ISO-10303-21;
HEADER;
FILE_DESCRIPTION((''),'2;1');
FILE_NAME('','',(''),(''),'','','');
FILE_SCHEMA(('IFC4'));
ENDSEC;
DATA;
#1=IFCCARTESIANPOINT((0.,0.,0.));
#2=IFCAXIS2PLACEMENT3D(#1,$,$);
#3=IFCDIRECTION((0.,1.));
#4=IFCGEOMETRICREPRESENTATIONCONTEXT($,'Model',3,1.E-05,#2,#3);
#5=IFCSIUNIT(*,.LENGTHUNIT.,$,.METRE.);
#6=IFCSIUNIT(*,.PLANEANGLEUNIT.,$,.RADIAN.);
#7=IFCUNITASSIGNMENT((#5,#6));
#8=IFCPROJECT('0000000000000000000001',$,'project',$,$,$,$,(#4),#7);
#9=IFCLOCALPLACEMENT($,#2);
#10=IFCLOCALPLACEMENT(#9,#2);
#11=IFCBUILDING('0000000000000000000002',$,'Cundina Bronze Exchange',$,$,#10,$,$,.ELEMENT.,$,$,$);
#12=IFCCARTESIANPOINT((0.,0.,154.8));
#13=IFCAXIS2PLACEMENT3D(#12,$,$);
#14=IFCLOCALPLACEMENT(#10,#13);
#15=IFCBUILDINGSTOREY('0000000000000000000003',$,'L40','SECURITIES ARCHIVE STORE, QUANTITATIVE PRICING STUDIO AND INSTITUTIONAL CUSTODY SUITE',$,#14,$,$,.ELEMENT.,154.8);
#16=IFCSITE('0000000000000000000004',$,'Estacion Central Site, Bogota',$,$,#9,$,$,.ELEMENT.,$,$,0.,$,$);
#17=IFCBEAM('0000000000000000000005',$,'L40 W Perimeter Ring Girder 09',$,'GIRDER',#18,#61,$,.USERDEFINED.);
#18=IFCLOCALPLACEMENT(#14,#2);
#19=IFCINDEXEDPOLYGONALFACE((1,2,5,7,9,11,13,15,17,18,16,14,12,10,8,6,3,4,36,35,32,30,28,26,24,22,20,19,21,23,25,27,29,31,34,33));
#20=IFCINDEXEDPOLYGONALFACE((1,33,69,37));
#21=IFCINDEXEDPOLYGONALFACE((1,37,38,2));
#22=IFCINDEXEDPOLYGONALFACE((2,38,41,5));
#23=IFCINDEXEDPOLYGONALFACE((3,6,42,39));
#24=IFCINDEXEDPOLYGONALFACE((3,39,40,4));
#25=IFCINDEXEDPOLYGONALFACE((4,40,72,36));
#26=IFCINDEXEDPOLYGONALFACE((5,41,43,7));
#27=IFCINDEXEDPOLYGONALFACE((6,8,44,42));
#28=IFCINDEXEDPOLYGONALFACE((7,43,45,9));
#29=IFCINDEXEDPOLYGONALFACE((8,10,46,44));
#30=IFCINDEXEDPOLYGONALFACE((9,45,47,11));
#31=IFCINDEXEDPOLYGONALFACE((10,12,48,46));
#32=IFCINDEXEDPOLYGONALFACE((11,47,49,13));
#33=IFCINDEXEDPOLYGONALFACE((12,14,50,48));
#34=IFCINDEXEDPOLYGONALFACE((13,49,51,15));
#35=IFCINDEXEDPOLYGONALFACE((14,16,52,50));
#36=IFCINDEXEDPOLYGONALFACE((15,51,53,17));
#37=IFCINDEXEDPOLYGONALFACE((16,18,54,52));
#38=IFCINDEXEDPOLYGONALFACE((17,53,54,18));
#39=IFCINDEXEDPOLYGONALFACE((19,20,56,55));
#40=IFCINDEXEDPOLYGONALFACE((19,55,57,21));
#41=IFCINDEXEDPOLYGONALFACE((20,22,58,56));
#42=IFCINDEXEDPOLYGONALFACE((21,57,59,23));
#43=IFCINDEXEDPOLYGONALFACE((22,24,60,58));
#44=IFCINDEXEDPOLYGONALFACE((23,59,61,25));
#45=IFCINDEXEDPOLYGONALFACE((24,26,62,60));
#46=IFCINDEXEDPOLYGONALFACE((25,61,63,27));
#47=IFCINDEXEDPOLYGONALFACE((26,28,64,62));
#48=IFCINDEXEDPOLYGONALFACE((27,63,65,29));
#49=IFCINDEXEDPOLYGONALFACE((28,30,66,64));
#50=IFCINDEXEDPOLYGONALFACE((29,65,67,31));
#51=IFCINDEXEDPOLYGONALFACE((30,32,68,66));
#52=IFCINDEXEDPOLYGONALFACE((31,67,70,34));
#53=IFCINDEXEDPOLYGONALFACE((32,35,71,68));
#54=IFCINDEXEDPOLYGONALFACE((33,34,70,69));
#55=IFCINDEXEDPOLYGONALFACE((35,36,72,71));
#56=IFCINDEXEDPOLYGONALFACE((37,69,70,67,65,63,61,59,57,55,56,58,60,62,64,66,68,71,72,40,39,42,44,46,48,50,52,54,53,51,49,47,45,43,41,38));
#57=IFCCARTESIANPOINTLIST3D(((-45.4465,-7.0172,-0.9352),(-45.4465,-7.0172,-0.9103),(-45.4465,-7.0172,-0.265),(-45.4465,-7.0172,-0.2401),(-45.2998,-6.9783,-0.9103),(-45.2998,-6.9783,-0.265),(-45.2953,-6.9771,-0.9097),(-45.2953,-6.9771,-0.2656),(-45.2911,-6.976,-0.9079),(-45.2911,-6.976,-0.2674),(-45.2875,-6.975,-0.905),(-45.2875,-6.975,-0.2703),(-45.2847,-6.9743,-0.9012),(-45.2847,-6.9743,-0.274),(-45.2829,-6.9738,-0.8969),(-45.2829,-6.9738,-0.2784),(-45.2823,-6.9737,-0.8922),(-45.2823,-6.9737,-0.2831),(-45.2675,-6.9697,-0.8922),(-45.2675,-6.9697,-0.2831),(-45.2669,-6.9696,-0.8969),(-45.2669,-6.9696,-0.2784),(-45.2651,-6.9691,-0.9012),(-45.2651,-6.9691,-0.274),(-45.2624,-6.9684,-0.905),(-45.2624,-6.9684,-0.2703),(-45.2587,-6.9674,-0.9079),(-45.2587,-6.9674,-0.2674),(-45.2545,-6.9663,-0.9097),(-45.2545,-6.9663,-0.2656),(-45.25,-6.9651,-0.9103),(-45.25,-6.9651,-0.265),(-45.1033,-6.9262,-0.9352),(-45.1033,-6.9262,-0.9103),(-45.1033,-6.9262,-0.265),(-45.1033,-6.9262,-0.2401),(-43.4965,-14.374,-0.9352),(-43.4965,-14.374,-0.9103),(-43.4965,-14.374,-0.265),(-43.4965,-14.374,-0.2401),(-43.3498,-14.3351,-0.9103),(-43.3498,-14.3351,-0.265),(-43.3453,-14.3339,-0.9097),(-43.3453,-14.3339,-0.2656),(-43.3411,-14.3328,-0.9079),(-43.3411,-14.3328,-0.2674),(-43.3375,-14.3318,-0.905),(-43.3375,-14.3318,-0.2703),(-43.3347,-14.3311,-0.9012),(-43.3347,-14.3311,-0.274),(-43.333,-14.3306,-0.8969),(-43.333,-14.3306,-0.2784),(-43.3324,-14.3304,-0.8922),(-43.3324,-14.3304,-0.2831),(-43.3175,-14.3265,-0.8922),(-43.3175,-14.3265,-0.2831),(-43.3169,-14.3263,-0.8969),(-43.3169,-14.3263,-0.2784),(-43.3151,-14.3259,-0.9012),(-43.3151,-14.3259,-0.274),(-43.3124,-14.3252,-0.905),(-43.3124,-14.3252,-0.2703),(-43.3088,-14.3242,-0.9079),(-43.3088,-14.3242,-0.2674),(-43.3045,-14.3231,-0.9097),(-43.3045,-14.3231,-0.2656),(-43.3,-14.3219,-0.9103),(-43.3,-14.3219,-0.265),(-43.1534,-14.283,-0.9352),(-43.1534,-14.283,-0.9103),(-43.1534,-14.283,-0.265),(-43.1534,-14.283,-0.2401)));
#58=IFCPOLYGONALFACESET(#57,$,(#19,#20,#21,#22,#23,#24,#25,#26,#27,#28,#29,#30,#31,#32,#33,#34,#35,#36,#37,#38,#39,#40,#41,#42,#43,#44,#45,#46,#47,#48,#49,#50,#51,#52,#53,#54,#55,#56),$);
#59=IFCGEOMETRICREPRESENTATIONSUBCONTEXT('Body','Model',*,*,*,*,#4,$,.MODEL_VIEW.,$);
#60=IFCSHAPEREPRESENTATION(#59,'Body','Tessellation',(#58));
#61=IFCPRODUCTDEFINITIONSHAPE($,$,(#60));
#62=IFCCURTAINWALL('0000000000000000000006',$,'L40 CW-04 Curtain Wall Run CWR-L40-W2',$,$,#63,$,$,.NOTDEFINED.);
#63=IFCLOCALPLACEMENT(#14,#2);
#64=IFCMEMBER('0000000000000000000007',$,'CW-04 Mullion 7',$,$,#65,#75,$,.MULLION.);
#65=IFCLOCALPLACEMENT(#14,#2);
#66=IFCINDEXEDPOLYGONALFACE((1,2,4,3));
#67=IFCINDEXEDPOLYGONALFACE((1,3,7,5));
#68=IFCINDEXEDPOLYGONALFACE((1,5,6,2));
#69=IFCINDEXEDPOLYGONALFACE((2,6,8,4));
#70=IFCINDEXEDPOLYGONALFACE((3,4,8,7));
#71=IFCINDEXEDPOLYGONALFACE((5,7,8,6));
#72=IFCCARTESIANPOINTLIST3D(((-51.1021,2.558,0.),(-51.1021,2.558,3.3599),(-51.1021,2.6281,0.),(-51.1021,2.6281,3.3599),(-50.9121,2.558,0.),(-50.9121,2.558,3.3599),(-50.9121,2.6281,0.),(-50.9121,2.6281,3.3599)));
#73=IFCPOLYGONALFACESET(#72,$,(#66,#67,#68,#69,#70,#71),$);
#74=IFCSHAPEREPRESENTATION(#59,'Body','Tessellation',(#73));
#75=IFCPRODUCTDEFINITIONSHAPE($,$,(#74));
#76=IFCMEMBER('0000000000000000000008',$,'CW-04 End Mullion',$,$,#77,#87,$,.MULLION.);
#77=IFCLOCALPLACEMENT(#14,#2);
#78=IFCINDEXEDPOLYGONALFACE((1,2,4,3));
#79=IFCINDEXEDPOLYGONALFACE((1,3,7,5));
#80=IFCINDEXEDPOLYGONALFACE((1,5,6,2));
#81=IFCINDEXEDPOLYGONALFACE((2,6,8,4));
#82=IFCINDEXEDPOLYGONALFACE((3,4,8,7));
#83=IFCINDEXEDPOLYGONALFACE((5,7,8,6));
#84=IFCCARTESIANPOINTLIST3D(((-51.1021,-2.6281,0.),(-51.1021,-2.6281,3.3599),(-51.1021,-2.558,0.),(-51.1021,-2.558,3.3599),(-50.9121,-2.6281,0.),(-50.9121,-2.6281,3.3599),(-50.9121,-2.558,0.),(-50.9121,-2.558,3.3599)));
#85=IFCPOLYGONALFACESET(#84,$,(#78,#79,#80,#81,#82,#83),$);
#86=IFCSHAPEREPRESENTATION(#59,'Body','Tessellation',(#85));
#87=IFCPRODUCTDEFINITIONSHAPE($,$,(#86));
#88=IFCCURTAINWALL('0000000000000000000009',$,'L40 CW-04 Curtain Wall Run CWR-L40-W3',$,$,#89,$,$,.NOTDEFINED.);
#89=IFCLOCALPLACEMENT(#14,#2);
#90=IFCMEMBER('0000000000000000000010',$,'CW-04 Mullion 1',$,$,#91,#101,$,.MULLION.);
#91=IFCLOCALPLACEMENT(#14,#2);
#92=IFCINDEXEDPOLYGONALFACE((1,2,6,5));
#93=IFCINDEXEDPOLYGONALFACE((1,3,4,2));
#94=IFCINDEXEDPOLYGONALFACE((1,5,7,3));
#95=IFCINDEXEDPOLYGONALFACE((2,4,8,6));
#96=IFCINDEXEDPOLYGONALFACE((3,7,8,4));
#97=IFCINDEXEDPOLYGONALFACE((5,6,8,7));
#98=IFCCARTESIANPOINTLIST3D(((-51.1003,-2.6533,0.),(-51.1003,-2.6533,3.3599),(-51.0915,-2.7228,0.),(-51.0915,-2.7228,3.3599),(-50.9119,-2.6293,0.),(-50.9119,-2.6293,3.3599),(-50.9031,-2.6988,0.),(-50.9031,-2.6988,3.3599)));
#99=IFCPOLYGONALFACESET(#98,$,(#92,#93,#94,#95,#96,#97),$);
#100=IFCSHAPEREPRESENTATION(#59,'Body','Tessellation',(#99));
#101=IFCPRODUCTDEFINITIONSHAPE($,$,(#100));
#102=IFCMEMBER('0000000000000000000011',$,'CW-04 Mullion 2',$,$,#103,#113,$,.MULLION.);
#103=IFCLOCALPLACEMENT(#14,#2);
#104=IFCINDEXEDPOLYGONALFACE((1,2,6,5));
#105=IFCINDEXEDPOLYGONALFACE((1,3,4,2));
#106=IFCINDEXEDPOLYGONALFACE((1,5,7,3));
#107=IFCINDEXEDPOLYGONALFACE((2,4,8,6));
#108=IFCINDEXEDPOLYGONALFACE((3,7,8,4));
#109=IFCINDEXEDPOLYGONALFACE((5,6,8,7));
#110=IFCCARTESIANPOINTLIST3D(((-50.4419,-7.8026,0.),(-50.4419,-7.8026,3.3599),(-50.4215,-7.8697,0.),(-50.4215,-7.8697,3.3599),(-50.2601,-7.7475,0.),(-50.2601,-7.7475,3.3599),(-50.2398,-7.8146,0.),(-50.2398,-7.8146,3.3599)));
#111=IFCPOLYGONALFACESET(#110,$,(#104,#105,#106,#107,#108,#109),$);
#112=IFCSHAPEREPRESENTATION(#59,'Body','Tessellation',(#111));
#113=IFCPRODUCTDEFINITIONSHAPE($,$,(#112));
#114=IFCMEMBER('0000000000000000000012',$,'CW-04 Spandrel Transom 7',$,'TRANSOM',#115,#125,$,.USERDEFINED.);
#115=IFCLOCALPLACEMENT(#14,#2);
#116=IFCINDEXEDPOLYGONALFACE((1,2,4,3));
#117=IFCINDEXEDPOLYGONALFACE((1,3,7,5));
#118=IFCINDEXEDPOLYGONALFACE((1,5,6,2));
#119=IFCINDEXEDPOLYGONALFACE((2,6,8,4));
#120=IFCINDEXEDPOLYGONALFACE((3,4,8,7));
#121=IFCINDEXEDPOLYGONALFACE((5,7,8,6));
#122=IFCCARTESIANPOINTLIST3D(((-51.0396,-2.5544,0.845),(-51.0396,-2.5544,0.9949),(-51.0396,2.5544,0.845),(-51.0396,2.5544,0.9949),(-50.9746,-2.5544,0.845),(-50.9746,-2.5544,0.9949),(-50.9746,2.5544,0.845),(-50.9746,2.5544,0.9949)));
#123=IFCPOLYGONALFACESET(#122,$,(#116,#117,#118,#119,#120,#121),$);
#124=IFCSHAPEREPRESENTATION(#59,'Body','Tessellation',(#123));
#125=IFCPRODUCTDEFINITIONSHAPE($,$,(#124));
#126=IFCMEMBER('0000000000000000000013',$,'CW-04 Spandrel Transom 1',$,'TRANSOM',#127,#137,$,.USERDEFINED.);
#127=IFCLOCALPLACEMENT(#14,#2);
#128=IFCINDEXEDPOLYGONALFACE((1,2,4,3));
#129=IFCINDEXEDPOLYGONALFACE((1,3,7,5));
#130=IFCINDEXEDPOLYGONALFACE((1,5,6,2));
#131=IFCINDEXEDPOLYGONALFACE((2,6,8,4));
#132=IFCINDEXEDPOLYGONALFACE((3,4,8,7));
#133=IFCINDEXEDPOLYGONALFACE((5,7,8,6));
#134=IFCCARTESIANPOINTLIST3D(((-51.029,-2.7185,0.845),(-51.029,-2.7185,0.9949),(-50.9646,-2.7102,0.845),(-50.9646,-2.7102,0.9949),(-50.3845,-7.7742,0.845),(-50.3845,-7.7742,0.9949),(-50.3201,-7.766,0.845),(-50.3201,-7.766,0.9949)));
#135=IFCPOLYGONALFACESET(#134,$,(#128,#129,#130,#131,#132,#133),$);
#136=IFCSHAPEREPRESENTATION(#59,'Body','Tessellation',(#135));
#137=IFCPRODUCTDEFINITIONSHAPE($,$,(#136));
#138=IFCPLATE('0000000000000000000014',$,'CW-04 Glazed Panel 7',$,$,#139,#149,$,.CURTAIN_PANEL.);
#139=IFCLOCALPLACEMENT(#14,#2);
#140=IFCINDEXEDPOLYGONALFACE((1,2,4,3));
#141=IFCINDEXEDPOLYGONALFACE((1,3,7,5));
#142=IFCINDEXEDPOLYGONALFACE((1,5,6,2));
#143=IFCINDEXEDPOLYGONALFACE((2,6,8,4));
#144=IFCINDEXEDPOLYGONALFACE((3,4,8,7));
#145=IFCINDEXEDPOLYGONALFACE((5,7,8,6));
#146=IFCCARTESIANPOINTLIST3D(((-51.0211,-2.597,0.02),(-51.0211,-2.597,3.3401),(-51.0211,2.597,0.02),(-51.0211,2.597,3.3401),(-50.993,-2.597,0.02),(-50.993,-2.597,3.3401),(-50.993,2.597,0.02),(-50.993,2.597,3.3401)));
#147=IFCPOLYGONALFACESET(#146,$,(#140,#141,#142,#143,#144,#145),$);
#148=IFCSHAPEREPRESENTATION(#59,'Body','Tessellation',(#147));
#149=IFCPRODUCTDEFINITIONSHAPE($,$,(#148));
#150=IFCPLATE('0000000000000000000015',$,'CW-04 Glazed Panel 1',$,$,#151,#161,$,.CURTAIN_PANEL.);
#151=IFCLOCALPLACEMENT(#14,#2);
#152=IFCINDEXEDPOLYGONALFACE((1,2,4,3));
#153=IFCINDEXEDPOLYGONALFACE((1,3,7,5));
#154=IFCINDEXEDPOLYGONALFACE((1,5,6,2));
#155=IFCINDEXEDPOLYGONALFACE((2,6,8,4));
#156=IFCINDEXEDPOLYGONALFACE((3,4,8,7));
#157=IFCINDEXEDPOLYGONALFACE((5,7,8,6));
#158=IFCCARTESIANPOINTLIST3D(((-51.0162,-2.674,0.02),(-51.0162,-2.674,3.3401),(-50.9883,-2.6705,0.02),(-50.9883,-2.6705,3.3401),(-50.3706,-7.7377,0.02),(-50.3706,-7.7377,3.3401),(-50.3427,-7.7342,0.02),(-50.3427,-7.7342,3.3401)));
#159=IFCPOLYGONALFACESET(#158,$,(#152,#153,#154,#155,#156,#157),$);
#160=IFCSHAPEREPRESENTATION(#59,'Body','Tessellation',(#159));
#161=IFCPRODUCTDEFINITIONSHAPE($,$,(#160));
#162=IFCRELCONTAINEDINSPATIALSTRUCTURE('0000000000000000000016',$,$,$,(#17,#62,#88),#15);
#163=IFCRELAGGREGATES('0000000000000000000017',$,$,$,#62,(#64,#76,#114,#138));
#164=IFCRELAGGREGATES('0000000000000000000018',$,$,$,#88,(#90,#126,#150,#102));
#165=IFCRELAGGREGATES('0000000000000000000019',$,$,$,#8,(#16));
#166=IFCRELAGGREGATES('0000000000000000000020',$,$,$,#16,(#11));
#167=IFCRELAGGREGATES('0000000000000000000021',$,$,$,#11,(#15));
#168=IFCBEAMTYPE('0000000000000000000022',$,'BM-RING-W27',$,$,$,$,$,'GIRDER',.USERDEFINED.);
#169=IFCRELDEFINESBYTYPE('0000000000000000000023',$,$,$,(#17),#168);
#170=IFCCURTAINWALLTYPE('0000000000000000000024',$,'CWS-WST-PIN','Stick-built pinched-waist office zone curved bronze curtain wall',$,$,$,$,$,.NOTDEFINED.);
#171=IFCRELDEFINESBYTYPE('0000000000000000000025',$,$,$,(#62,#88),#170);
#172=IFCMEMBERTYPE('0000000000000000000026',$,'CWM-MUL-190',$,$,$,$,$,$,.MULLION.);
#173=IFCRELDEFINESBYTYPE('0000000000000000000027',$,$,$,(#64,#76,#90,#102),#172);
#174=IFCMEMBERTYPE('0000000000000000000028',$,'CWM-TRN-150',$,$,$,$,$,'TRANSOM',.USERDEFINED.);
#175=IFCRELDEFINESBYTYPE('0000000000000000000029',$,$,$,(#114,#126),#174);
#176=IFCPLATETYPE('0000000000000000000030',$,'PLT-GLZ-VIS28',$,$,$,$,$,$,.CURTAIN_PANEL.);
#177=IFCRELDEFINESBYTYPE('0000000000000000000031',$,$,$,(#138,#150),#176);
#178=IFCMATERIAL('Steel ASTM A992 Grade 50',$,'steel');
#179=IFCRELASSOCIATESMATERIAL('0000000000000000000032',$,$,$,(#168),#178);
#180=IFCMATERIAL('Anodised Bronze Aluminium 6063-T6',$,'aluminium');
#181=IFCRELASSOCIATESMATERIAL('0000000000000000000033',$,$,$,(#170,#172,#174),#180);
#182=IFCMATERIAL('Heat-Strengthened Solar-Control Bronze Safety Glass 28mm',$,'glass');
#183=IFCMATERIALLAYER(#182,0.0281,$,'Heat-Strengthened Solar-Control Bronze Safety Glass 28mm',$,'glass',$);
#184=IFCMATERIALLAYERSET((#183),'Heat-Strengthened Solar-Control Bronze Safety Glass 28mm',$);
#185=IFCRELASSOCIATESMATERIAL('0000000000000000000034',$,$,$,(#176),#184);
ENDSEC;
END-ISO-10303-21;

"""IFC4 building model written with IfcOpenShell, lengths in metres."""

from ifc_helpers import new_model, si_unit, direction, frame, origin, origin_2d, place, context, subcontext, project, spatial, rectangle, i_section, extrude, material, layer, layer_set, material_profile, profile_set, type_object, element, aggregate, save


model = new_model("IFC4")

# Units and contexts
model_context = context("Model", 3, precision=1e-05, world=origin(), true_north=direction((0.0, 1.0)))
body_context = subcontext(model_context, "Body", "Model", "MODEL_VIEW")
ifc_project = project(units=[si_unit("LENGTHUNIT", "METRE"), si_unit("PLANEANGLEUNIT", "RADIAN")], contexts=[model_context])

# Site, building, storey
site_placement = place(None, origin())
site = spatial("IfcSite", under=ifc_project, at=site_placement, Name="Estacion Central Site, Bogota", CompositionType="ELEMENT", RefElevation=0.0)
building_placement = place(site_placement, origin())
building = spatial("IfcBuilding", under=site, at=building_placement, Name="Cundina Bronze Exchange", CompositionType="ELEMENT")
storey_placement = place(building_placement, frame((0.0, 0.0, 154.8)))
storey = spatial("IfcBuildingStorey", under=building, at=storey_placement, Name="L40", Description="SECURITIES ARCHIVE STORE, QUANTITATIVE PRICING STUDIO AND INSTITUTIONAL CUSTODY SUITE", CompositionType="ELEMENT", Elevation=154.8)

# Shared definitions
ifc_material_1 = material(Name="Steel ASTM A992 Grade 50", Category="steel")

# Beam
ifc_material_profile_1 = material_profile(ifc_material_1, i_section(OverallWidth=0.355, OverallDepth=0.6951, WebThickness=0.0154, FlangeThickness=0.0249, FilletRadius=0.0181, at=origin_2d()), Name="W27X146", Category="steel")
ifc_profile_set_1 = profile_set([ifc_material_profile_1], Name="Steel ASTM A992 Grade 50")
beam_type_1 = type_object("IfcBeamType", Name="BM-RING-W27", ElementType="GIRDER", PredefinedType="USERDEFINED", material=ifc_profile_set_1)
for number, where, z_axis, x_axis, name in (
    (1, (-45.2749, -6.9717, -0.5876), (0.256211, -0.966621, 0.0), (0.966621, 0.256211, 0.0), "L40 W Perimeter Ring Girder 09"),
):
    element("IfcBeam", number, at=place(storey_placement, frame(where, z_axis=z_axis, x_axis=x_axis)), inside=storey, type_object=beam_type_1, Name=name, ObjectType="GIRDER", PredefinedType="USERDEFINED", context=body_context, shape_type="SweptSolid", body=[
        extrude(i_section(OverallWidth=0.355, OverallDepth=0.6951, WebThickness=0.0154, FlangeThickness=0.0249, FilletRadius=0.0181, at=origin_2d()), origin(), (0.0, 0.0, 1.0), 7.6108),
    ])

# Curtain walls, members
ifc_material_2 = material(Name="Anodised Bronze Aluminium 6063-T6", Category="aluminium")
curtain_wall_type = type_object("IfcCurtainWallType", Name="CWS-WST-PIN", Description="Stick-built pinched-waist office zone curved bronze curtain wall", PredefinedType="NOTDEFINED", material=ifc_material_2)
curtain_wall_1_placement = place(storey_placement, origin())
curtain_wall_1 = element("IfcCurtainWall", 2, at=curtain_wall_1_placement, inside=storey, type_object=curtain_wall_type, Name="L40 CW-04 Curtain Wall Run CWR-L40-W2", PredefinedType="NOTDEFINED")
ifc_material_profile_2 = material_profile(ifc_material_2, rectangle(XDim=0.0701, YDim=0.1899, at=origin_2d()), Name="AL70X190", Category="aluminium")
ifc_profile_set_2 = profile_set([ifc_material_profile_2], Name="Anodised Bronze Aluminium 6063-T6")
member_type_1 = type_object("IfcMemberType", Name="CWM-MUL-190", PredefinedType="MULLION", material=ifc_profile_set_2)
member_1_placement = place(storey_placement, frame((-51.0071, 2.593, 0.0), z_axis=(0.0, 0.0, 1.0), x_axis=(0.0, -1.0, 0.0)))
member_1 = element("IfcMember", 3, at=member_1_placement, type_object=member_type_1, Name="CW-04 Mullion 7", PredefinedType="MULLION", context=body_context, shape_type="SweptSolid", body=[
    extrude(rectangle(XDim=0.0701, YDim=0.1899, at=origin_2d()), origin(), (0.0, 0.0, 1.0), 3.3599),
])
member_2_placement = place(storey_placement, frame((-51.0071, -2.593, 0.0), z_axis=(0.0, 0.0, 1.0), x_axis=(0.0, -1.0, 0.0)))
member_2 = element("IfcMember", 4, at=member_2_placement, type_object=member_type_1, Name="CW-04 End Mullion", PredefinedType="MULLION", context=body_context, shape_type="SweptSolid", body=[
    extrude(rectangle(XDim=0.0701, YDim=0.1899, at=origin_2d()), origin(), (0.0, 0.0, 1.0), 3.3599),
])
curtain_wall_2_placement = place(storey_placement, origin())
curtain_wall_2 = element("IfcCurtainWall", 5, at=curtain_wall_2_placement, inside=storey, type_object=curtain_wall_type, Name="L40 CW-04 Curtain Wall Run CWR-L40-W3", PredefinedType="NOTDEFINED")
member_3_placement = place(storey_placement, frame((-51.0017, -2.676, 0.0), z_axis=(0.0, 0.0, 1.0), x_axis=(0.126545, -0.991961, 0.0)))
member_3 = element("IfcMember", 6, at=member_3_placement, type_object=member_type_1, Name="CW-04 Mullion 1", PredefinedType="MULLION", context=body_context, shape_type="SweptSolid", body=[
    extrude(rectangle(XDim=0.0701, YDim=0.1899, at=origin_2d()), origin(), (0.0, 0.0, 1.0), 3.3599),
])
member_4_placement = place(storey_placement, frame((-50.3408, -7.8086, 0.0), z_axis=(0.0, 0.0, 1.0), x_axis=(0.290034, -0.957016, 0.0)))
member_4 = element("IfcMember", 7, at=member_4_placement, type_object=member_type_1, Name="CW-04 Mullion 2", PredefinedType="MULLION", context=body_context, shape_type="SweptSolid", body=[
    extrude(rectangle(XDim=0.0701, YDim=0.1899, at=origin_2d()), origin(), (0.0, 0.0, 1.0), 3.3599),
])

# Members
ifc_material_profile_3 = material_profile(ifc_material_2, rectangle(XDim=0.0649, YDim=0.1499, at=origin_2d()), Name="AL65X150", Category="aluminium")
ifc_profile_set_3 = profile_set([ifc_material_profile_3], Name="Anodised Bronze Aluminium 6063-T6")
member_type_2 = type_object("IfcMemberType", Name="CWM-TRN-150", ElementType="TRANSOM", PredefinedType="USERDEFINED", material=ifc_profile_set_3)
member_5_placement = place(storey_placement, frame((-51.0071, 2.5544, 0.9199), z_axis=(0.0, -1.0, 0.0), x_axis=(1.0, 0.0, 0.0)))
member_5 = element("IfcMember", 8, at=member_5_placement, type_object=member_type_2, Name="CW-04 Spandrel Transom 7", ObjectType="TRANSOM", PredefinedType="USERDEFINED", context=body_context, shape_type="SweptSolid", body=[
    extrude(rectangle(XDim=0.0649, YDim=0.1499, at=origin_2d()), origin(), (0.0, 0.0, 1.0), 5.1089),
])
member_6_placement = place(storey_placement, frame((-50.9968, -2.7144, 0.9199), z_axis=(0.126463, -0.991971, 0.0), x_axis=(0.991971, 0.126463, 0.0)))
member_6 = element("IfcMember", 9, at=member_6_placement, type_object=member_type_2, Name="CW-04 Spandrel Transom 1", ObjectType="TRANSOM", PredefinedType="USERDEFINED", context=body_context, shape_type="SweptSolid", body=[
    extrude(rectangle(XDim=0.0649, YDim=0.1499, at=origin_2d()), origin(), (0.0, 0.0, 1.0), 5.0967),
])

# Plates
ifc_material_3 = material(Name="Heat-Strengthened Solar-Control Bronze Safety Glass 28mm", Category="glass")
ifc_layer_1 = layer(ifc_material_3, 0.0281, Name="Heat-Strengthened Solar-Control Bronze Safety Glass 28mm", Category="glass")
ifc_layer_set_1 = layer_set([ifc_layer_1], Name="Heat-Strengthened Solar-Control Bronze Safety Glass 28mm")
plate_type = type_object("IfcPlateType", Name="PLT-GLZ-VIS28", PredefinedType="CURTAIN_PANEL", material=ifc_layer_set_1)
plate_1_placement = place(storey_placement, frame((-51.0071, 0.0, 0.02), z_axis=(0.0, 0.0, 1.0), x_axis=(0.0, -1.0, 0.0)))
plate_1 = element("IfcPlate", 10, at=plate_1_placement, type_object=plate_type, Name="CW-04 Glazed Panel 7", PredefinedType="CURTAIN_PANEL", context=body_context, shape_type="SweptSolid", body=[
    extrude(rectangle(XDim=5.1941, YDim=0.0281, at=origin_2d()), origin(), (0.0, 0.0, 1.0), 3.3201),
])
aggregate(curtain_wall_1, [member_1, member_2, member_5, plate_1])
plate_2_placement = place(storey_placement, frame((-50.6794, -5.2041, 0.02), z_axis=(0.0, 0.0, 1.0), x_axis=(0.126476, -0.99197, 0.0)))
plate_2 = element("IfcPlate", 11, at=plate_2_placement, type_object=plate_type, Name="CW-04 Glazed Panel 1", PredefinedType="CURTAIN_PANEL", context=body_context, shape_type="SweptSolid", body=[
    extrude(rectangle(XDim=5.1047, YDim=0.0281, at=origin_2d()), origin(), (0.0, 0.0, 1.0), 3.3201),
])
aggregate(curtain_wall_2, [member_3, member_6, plate_2, member_4])

save(model, "model.ifc")
